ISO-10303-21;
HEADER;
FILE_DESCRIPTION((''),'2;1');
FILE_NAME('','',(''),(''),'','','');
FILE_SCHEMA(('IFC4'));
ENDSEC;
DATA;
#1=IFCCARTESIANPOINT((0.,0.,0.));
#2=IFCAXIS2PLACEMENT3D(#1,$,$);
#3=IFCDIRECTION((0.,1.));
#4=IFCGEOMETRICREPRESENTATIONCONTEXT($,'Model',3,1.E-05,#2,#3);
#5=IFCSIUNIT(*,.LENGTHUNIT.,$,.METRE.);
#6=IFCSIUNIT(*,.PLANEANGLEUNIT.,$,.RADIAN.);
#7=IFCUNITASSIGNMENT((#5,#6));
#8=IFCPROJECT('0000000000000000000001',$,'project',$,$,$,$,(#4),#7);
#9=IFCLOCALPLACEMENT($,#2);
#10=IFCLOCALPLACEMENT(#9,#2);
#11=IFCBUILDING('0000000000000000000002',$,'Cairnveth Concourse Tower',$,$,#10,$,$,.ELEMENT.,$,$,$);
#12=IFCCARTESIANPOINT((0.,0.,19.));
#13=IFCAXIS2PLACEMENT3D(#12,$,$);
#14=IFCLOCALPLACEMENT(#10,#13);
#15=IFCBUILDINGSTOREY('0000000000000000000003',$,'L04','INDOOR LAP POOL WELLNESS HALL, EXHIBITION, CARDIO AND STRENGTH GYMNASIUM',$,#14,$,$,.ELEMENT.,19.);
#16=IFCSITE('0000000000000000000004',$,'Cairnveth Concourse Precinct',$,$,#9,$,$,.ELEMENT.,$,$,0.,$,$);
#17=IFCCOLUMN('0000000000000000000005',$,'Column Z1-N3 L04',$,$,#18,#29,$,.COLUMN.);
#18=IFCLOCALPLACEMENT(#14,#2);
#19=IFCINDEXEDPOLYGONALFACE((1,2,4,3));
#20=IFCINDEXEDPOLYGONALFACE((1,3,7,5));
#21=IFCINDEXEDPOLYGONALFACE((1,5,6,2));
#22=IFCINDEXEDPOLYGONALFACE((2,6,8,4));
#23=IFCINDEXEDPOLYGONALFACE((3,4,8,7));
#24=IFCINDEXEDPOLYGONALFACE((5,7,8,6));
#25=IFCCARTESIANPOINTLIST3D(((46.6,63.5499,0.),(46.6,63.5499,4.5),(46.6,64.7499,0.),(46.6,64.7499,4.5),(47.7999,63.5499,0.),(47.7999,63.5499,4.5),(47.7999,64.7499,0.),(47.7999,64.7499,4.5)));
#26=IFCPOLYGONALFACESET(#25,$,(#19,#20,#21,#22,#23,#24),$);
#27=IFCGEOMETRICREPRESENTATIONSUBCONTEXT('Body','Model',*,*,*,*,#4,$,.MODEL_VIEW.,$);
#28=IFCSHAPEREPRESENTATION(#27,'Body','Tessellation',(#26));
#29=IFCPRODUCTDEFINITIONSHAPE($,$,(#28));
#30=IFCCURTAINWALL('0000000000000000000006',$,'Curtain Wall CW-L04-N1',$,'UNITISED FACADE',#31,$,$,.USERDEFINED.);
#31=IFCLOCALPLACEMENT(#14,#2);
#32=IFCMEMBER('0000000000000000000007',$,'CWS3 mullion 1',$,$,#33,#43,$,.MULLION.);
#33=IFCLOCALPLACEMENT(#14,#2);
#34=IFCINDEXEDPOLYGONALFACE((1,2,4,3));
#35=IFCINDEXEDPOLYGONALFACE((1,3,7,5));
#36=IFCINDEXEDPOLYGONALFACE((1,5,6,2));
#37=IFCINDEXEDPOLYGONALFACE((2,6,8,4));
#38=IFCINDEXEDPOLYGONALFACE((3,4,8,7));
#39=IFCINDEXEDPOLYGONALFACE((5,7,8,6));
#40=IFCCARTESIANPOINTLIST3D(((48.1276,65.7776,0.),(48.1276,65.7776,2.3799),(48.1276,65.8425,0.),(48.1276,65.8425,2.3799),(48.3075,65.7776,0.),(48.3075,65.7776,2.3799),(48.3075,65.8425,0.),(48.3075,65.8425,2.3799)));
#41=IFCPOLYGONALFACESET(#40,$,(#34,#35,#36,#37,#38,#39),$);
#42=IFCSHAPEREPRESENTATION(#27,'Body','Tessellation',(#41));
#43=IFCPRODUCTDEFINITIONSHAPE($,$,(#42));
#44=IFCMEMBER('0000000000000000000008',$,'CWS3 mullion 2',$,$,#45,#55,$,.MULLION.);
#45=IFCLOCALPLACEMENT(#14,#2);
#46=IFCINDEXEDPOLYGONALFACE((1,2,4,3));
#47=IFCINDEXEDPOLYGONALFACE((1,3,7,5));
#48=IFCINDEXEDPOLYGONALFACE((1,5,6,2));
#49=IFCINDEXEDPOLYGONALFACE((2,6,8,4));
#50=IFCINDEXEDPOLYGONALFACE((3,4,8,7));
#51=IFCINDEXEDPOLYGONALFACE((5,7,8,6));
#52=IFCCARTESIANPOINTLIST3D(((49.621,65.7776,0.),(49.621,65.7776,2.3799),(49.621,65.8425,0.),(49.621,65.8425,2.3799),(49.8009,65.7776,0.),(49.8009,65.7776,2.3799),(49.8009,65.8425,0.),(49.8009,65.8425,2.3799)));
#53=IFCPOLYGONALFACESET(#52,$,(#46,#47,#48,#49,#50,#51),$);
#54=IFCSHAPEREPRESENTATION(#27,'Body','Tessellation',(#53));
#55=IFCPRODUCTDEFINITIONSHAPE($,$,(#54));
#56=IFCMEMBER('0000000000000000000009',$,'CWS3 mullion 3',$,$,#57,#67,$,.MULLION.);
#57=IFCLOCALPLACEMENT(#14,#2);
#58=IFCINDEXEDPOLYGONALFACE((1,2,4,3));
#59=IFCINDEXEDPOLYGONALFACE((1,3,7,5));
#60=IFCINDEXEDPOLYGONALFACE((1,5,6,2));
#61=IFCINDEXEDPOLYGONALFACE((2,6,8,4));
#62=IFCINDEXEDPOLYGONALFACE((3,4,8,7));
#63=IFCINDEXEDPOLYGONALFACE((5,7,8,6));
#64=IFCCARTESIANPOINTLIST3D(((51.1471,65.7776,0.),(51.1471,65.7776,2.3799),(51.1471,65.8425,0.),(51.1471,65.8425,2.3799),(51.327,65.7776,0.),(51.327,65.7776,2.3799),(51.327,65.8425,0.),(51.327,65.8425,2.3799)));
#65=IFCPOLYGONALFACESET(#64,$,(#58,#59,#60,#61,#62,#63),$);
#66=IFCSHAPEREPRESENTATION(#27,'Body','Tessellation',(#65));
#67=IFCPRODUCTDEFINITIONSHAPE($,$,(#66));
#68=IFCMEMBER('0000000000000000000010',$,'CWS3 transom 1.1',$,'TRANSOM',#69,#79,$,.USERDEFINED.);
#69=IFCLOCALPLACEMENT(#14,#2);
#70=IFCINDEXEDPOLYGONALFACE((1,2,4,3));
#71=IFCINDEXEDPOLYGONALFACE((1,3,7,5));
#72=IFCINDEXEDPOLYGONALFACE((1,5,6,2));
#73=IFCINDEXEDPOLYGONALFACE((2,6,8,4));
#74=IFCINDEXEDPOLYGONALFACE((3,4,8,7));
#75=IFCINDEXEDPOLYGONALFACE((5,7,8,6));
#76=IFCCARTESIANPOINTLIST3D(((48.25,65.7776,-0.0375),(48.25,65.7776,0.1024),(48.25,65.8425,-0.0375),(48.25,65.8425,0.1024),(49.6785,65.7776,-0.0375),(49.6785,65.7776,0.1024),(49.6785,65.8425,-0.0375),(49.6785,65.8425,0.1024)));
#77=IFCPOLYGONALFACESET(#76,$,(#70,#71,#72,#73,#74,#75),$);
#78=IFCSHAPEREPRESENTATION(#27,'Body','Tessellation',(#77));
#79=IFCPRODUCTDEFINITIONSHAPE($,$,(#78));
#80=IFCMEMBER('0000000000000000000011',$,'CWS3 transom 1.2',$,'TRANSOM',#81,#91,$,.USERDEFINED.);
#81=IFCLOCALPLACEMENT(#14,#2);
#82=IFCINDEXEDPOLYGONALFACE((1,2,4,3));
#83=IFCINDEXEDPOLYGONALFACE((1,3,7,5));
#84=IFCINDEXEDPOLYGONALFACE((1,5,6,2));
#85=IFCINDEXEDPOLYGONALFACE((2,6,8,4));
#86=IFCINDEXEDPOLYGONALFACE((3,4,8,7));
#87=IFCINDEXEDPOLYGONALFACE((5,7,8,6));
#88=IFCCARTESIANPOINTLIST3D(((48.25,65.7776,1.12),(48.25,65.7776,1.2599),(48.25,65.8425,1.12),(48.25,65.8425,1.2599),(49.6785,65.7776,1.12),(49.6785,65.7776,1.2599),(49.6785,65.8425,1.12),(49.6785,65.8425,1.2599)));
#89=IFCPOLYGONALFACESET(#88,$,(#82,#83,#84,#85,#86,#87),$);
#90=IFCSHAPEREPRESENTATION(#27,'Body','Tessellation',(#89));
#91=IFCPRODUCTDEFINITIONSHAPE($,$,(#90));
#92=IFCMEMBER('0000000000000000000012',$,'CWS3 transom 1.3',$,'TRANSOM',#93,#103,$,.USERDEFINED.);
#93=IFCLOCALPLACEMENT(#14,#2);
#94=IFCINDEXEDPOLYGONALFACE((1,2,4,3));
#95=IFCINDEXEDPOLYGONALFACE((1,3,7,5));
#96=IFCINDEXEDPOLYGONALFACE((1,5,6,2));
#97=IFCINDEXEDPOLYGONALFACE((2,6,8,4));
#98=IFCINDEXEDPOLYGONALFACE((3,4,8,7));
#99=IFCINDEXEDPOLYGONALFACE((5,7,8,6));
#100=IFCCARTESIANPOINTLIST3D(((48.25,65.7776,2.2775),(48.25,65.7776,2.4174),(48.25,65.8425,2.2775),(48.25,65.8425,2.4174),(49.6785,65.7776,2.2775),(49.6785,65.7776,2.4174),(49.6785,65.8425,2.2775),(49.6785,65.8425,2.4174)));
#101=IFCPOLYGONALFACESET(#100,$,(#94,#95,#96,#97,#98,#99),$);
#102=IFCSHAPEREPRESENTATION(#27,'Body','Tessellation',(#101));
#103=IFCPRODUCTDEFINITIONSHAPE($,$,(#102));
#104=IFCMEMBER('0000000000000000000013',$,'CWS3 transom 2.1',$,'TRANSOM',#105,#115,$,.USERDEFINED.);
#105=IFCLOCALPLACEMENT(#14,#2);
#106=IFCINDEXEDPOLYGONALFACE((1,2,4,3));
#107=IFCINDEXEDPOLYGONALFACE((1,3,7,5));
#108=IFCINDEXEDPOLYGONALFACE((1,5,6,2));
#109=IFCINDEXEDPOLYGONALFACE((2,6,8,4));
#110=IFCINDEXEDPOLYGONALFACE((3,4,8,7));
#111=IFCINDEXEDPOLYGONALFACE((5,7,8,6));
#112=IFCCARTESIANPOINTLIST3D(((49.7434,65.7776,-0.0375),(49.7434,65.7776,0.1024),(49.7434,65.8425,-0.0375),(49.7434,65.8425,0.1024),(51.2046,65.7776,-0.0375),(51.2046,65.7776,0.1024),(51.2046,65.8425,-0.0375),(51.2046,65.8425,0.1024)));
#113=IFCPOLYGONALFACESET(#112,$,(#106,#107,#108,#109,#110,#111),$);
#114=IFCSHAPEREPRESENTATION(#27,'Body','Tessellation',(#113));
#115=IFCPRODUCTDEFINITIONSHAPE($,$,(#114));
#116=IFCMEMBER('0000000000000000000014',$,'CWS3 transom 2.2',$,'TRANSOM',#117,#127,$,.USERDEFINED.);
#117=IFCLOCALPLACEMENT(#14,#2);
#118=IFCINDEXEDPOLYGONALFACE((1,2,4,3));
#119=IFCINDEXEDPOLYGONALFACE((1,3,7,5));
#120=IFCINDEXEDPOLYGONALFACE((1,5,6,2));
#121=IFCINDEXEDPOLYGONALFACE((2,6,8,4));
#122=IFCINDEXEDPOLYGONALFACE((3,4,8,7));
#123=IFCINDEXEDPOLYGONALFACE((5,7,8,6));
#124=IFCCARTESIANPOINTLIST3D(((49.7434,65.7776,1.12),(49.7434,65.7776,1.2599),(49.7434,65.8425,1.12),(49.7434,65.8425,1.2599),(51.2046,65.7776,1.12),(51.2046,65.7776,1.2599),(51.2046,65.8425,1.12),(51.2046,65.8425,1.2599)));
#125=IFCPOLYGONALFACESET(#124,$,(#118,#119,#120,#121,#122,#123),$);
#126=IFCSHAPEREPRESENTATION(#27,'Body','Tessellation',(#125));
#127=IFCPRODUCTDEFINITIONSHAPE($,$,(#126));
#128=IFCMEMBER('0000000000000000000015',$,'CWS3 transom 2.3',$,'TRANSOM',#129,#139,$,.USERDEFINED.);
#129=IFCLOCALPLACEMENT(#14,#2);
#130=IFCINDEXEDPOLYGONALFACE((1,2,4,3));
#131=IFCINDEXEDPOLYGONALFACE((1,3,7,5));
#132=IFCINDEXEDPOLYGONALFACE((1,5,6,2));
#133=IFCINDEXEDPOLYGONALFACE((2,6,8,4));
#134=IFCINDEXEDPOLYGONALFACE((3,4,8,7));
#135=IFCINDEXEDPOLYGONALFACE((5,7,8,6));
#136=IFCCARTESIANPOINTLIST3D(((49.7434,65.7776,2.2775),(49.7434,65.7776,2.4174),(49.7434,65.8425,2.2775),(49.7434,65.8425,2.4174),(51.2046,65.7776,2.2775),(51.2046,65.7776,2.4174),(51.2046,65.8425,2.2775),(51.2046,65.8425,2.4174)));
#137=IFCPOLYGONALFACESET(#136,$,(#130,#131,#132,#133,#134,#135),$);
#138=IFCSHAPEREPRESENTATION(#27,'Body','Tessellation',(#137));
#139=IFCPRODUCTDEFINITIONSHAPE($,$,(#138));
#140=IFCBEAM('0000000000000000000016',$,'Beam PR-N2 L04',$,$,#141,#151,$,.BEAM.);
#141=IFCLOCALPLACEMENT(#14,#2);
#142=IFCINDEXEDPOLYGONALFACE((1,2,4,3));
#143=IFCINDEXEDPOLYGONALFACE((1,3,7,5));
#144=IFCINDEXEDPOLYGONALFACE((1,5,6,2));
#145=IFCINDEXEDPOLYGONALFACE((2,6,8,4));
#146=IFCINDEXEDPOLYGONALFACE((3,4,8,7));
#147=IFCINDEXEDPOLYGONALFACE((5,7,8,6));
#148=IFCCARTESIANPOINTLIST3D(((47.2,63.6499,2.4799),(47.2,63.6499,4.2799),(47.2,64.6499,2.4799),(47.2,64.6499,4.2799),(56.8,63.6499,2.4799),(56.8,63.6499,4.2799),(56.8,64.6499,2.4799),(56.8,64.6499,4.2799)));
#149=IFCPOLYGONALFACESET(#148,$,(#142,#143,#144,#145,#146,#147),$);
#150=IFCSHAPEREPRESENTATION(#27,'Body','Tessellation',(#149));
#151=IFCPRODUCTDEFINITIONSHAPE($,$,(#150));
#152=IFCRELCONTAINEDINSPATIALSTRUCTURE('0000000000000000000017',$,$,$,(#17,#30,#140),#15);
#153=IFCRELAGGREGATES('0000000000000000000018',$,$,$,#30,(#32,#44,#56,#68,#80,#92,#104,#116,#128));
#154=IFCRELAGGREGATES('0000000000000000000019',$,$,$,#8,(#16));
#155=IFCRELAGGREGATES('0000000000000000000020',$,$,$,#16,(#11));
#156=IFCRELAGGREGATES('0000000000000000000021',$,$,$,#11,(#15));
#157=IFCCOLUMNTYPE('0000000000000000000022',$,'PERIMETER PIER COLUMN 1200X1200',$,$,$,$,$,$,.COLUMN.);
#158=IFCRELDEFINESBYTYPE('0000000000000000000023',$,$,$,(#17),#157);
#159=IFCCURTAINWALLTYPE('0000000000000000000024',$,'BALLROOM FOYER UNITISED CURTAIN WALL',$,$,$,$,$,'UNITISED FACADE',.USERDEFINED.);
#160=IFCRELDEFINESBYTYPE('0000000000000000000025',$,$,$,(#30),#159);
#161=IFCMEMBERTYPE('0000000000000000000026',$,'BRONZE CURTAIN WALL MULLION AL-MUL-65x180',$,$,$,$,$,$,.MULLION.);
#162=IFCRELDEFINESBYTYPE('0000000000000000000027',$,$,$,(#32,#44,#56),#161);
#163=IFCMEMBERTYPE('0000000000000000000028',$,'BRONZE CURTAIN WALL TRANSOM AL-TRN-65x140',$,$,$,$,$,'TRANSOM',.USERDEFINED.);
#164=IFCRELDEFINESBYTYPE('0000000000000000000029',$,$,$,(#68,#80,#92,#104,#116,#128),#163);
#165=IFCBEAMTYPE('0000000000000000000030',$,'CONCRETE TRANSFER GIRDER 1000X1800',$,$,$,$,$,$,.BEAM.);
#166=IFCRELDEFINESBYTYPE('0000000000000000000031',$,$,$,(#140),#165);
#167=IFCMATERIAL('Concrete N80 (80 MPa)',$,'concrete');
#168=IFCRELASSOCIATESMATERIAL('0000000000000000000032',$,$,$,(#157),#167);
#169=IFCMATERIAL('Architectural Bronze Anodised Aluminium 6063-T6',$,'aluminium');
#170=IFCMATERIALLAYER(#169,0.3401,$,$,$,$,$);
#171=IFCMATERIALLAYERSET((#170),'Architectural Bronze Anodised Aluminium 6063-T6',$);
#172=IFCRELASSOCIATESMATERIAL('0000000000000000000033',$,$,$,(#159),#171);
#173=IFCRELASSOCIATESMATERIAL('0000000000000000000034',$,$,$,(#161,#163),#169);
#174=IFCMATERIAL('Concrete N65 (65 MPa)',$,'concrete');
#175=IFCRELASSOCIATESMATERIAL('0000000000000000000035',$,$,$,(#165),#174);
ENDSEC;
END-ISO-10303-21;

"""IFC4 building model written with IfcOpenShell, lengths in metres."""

from ifc_helpers import new_model, si_unit, direction, frame, origin, origin_2d, place, context, subcontext, project, spatial, rectangle, extrude, material, layer, layer_set, material_profile, profile_set, type_object, element, aggregate, save


model = new_model("IFC4")

# Units and contexts
model_context = context("Model", 3, precision=1e-05, world=origin(), true_north=direction((0.0, 1.0)))
body_context = subcontext(model_context, "Body", "Model", "MODEL_VIEW")
ifc_project = project(units=[si_unit("LENGTHUNIT", "METRE"), si_unit("PLANEANGLEUNIT", "RADIAN")], contexts=[model_context])

# Site, building, storey
site_placement = place(None, origin())
site = spatial("IfcSite", under=ifc_project, at=site_placement, Name="Cairnveth Concourse Precinct", CompositionType="ELEMENT", RefElevation=0.0)
building_placement = place(site_placement, origin())
building = spatial("IfcBuilding", under=site, at=building_placement, Name="Cairnveth Concourse Tower", CompositionType="ELEMENT")
storey_placement = place(building_placement, frame((0.0, 0.0, 19.0)))
storey = spatial("IfcBuildingStorey", under=building, at=storey_placement, Name="L04", Description="INDOOR LAP POOL WELLNESS HALL, EXHIBITION, CARDIO AND STRENGTH GYMNASIUM", CompositionType="ELEMENT", Elevation=19.0)

# Column
ifc_material_1 = material(Name="Concrete N80 (80 MPa)", Category="concrete")
ifc_material_profile_1 = material_profile(ifc_material_1, rectangle(XDim=1.2, YDim=1.2, at=origin_2d()), Name="RC-COL-1200x1200")
ifc_profile_set_1 = profile_set([ifc_material_profile_1], Name="Concrete N80 (80 MPa)")
column_type = type_object("IfcColumnType", Name="PERIMETER PIER COLUMN 1200X1200", PredefinedType="COLUMN", material=ifc_profile_set_1)
column_placement = place(storey_placement, frame((47.2, 64.1499, 0.0), z_axis=(0.0, 0.0, 1.0), x_axis=(1.0, 0.0, 0.0)))
element("IfcColumn", 1, at=column_placement, inside=storey, type_object=column_type, Name="Column Z1-N3 L04", PredefinedType="COLUMN", context=body_context, shape_type="SweptSolid", body=[
    extrude(rectangle(XDim=1.2, YDim=1.2, at=origin_2d()), origin(), (0.0, 0.0, 1.0), 4.5),
])

# Curtain wall, members
ifc_material_2 = material(Name="Architectural Bronze Anodised Aluminium 6063-T6", Category="aluminium")
ifc_layer_1 = layer(ifc_material_2, 0.3401)
ifc_layer_set_1 = layer_set([ifc_layer_1], Name="Architectural Bronze Anodised Aluminium 6063-T6")
curtain_wall_type = type_object("IfcCurtainWallType", Name="BALLROOM FOYER UNITISED CURTAIN WALL", ElementType="UNITISED FACADE", PredefinedType="USERDEFINED", material=ifc_layer_set_1)
curtain_wall_placement = place(storey_placement, origin())
curtain_wall = element("IfcCurtainWall", 2, at=curtain_wall_placement, inside=storey, type_object=curtain_wall_type, Name="Curtain Wall CW-L04-N1", ObjectType="UNITISED FACADE", PredefinedType="USERDEFINED")
ifc_material_profile_2 = material_profile(ifc_material_2, rectangle(XDim=0.0649, YDim=0.1799, at=origin_2d()), Name="AL-MUL-65x180")
ifc_profile_set_2 = profile_set([ifc_material_profile_2], Name="Architectural Bronze Anodised Aluminium 6063-T6")
member_type_1 = type_object("IfcMemberType", Name="BRONZE CURTAIN WALL MULLION AL-MUL-65x180", PredefinedType="MULLION", material=ifc_profile_set_2)
member_1_placement = place(storey_placement, frame((48.2175, 65.8101, 0.0), z_axis=(0.0, 0.0, 1.0), x_axis=(0.0, 1.0, 0.0)))
member_1 = element("IfcMember", 3, at=member_1_placement, type_object=member_type_1, Name="CWS3 mullion 1", PredefinedType="MULLION", context=body_context, shape_type="SweptSolid", body=[
    extrude(rectangle(XDim=0.0649, YDim=0.1799, at=origin_2d()), origin(), (0.0, 0.0, 1.0), 2.3799),
])
member_2_placement = place(storey_placement, frame((49.7109, 65.8101, 0.0), z_axis=(0.0, 0.0, 1.0), x_axis=(0.0, 1.0, 0.0)))
member_2 = element("IfcMember", 4, at=member_2_placement, type_object=member_type_1, Name="CWS3 mullion 2", PredefinedType="MULLION", context=body_context, shape_type="SweptSolid", body=[
    extrude(rectangle(XDim=0.0649, YDim=0.1799, at=origin_2d()), origin(), (0.0, 0.0, 1.0), 2.3799),
])
member_3_placement = place(storey_placement, frame((51.2371, 65.8101, 0.0), z_axis=(0.0, 0.0, 1.0), x_axis=(0.0, 1.0, 0.0)))
member_3 = element("IfcMember", 5, at=member_3_placement, type_object=member_type_1, Name="CWS3 mullion 3", PredefinedType="MULLION", context=body_context, shape_type="SweptSolid", body=[
    extrude(rectangle(XDim=0.0649, YDim=0.1799, at=origin_2d()), origin(), (0.0, 0.0, 1.0), 2.3799),
])
ifc_material_profile_3 = material_profile(ifc_material_2, rectangle(XDim=0.0649, YDim=0.1399, at=origin_2d()), Name="AL-TRN-65x140")
ifc_profile_set_3 = profile_set([ifc_material_profile_3], Name="Architectural Bronze Anodised Aluminium 6063-T6")
member_type_2 = type_object("IfcMemberType", Name="BRONZE CURTAIN WALL TRANSOM AL-TRN-65x140", ElementType="TRANSOM", PredefinedType="USERDEFINED", material=ifc_profile_set_3)
member_4_placement = place(storey_placement, frame((48.25, 65.8101, 0.0325), z_axis=(1.0, 0.0, 0.0), x_axis=(0.0, 1.0, 0.0)))
member_4 = element("IfcMember", 6, at=member_4_placement, type_object=member_type_2, Name="CWS3 transom 1.1", ObjectType="TRANSOM", PredefinedType="USERDEFINED", context=body_context, shape_type="SweptSolid", body=[
    extrude(rectangle(XDim=0.0649, YDim=0.1399, at=origin_2d()), origin(), (0.0, 0.0, 1.0), 1.4285),
])
member_5_placement = place(storey_placement, frame((48.25, 65.8101, 1.1899), z_axis=(1.0, 0.0, 0.0), x_axis=(0.0, 1.0, 0.0)))
member_5 = element("IfcMember", 7, at=member_5_placement, type_object=member_type_2, Name="CWS3 transom 1.2", ObjectType="TRANSOM", PredefinedType="USERDEFINED", context=body_context, shape_type="SweptSolid", body=[
    extrude(rectangle(XDim=0.0649, YDim=0.1399, at=origin_2d()), origin(), (0.0, 0.0, 1.0), 1.4285),
])
member_6_placement = place(storey_placement, frame((48.25, 65.8101, 2.3474), z_axis=(1.0, 0.0, 0.0), x_axis=(0.0, 1.0, 0.0)))
member_6 = element("IfcMember", 8, at=member_6_placement, type_object=member_type_2, Name="CWS3 transom 1.3", ObjectType="TRANSOM", PredefinedType="USERDEFINED", context=body_context, shape_type="SweptSolid", body=[
    extrude(rectangle(XDim=0.0649, YDim=0.1399, at=origin_2d()), origin(), (0.0, 0.0, 1.0), 1.4285),
])
member_7_placement = place(storey_placement, frame((49.7434, 65.8101, 0.0325), z_axis=(1.0, 0.0, 0.0), x_axis=(0.0, 1.0, 0.0)))
member_7 = element("IfcMember", 9, at=member_7_placement, type_object=member_type_2, Name="CWS3 transom 2.1", ObjectType="TRANSOM", PredefinedType="USERDEFINED", context=body_context, shape_type="SweptSolid", body=[
    extrude(rectangle(XDim=0.0649, YDim=0.1399, at=origin_2d()), origin(), (0.0, 0.0, 1.0), 1.4612),
])
member_8_placement = place(storey_placement, frame((49.7434, 65.8101, 1.1899), z_axis=(1.0, 0.0, 0.0), x_axis=(0.0, 1.0, 0.0)))
member_8 = element("IfcMember", 10, at=member_8_placement, type_object=member_type_2, Name="CWS3 transom 2.2", ObjectType="TRANSOM", PredefinedType="USERDEFINED", context=body_context, shape_type="SweptSolid", body=[
    extrude(rectangle(XDim=0.0649, YDim=0.1399, at=origin_2d()), origin(), (0.0, 0.0, 1.0), 1.4612),
])
member_9_placement = place(storey_placement, frame((49.7434, 65.8101, 2.3474), z_axis=(1.0, 0.0, 0.0), x_axis=(0.0, 1.0, 0.0)))
member_9 = element("IfcMember", 11, at=member_9_placement, type_object=member_type_2, Name="CWS3 transom 2.3", ObjectType="TRANSOM", PredefinedType="USERDEFINED", context=body_context, shape_type="SweptSolid", body=[
    extrude(rectangle(XDim=0.0649, YDim=0.1399, at=origin_2d()), origin(), (0.0, 0.0, 1.0), 1.4612),
])

# Beam
ifc_material_3 = material(Name="Concrete N65 (65 MPa)", Category="concrete")
ifc_material_profile_4 = material_profile(ifc_material_3, rectangle(XDim=1.0, YDim=1.8, at=origin_2d()), Name="RC-TB-1000x1800")
ifc_profile_set_4 = profile_set([ifc_material_profile_4], Name="Concrete N65 (65 MPa)")
beam_type = type_object("IfcBeamType", Name="CONCRETE TRANSFER GIRDER 1000X1800", PredefinedType="BEAM", material=ifc_profile_set_4)
beam_placement = place(storey_placement, frame((47.2, 64.1499, 3.3799), z_axis=(1.0, 0.0, 0.0), x_axis=(0.0, 1.0, 0.0)))
element("IfcBeam", 12, at=beam_placement, inside=storey, type_object=beam_type, Name="Beam PR-N2 L04", PredefinedType="BEAM", context=body_context, shape_type="SweptSolid", body=[
    extrude(rectangle(XDim=1.0, YDim=1.8, at=origin_2d()), origin(), (0.0, 0.0, 1.0), 9.6001),
])

aggregate(curtain_wall, [member_1, member_2, member_3, member_4, member_5, member_6, member_7, member_8, member_9])

save(model, "model.ifc")
